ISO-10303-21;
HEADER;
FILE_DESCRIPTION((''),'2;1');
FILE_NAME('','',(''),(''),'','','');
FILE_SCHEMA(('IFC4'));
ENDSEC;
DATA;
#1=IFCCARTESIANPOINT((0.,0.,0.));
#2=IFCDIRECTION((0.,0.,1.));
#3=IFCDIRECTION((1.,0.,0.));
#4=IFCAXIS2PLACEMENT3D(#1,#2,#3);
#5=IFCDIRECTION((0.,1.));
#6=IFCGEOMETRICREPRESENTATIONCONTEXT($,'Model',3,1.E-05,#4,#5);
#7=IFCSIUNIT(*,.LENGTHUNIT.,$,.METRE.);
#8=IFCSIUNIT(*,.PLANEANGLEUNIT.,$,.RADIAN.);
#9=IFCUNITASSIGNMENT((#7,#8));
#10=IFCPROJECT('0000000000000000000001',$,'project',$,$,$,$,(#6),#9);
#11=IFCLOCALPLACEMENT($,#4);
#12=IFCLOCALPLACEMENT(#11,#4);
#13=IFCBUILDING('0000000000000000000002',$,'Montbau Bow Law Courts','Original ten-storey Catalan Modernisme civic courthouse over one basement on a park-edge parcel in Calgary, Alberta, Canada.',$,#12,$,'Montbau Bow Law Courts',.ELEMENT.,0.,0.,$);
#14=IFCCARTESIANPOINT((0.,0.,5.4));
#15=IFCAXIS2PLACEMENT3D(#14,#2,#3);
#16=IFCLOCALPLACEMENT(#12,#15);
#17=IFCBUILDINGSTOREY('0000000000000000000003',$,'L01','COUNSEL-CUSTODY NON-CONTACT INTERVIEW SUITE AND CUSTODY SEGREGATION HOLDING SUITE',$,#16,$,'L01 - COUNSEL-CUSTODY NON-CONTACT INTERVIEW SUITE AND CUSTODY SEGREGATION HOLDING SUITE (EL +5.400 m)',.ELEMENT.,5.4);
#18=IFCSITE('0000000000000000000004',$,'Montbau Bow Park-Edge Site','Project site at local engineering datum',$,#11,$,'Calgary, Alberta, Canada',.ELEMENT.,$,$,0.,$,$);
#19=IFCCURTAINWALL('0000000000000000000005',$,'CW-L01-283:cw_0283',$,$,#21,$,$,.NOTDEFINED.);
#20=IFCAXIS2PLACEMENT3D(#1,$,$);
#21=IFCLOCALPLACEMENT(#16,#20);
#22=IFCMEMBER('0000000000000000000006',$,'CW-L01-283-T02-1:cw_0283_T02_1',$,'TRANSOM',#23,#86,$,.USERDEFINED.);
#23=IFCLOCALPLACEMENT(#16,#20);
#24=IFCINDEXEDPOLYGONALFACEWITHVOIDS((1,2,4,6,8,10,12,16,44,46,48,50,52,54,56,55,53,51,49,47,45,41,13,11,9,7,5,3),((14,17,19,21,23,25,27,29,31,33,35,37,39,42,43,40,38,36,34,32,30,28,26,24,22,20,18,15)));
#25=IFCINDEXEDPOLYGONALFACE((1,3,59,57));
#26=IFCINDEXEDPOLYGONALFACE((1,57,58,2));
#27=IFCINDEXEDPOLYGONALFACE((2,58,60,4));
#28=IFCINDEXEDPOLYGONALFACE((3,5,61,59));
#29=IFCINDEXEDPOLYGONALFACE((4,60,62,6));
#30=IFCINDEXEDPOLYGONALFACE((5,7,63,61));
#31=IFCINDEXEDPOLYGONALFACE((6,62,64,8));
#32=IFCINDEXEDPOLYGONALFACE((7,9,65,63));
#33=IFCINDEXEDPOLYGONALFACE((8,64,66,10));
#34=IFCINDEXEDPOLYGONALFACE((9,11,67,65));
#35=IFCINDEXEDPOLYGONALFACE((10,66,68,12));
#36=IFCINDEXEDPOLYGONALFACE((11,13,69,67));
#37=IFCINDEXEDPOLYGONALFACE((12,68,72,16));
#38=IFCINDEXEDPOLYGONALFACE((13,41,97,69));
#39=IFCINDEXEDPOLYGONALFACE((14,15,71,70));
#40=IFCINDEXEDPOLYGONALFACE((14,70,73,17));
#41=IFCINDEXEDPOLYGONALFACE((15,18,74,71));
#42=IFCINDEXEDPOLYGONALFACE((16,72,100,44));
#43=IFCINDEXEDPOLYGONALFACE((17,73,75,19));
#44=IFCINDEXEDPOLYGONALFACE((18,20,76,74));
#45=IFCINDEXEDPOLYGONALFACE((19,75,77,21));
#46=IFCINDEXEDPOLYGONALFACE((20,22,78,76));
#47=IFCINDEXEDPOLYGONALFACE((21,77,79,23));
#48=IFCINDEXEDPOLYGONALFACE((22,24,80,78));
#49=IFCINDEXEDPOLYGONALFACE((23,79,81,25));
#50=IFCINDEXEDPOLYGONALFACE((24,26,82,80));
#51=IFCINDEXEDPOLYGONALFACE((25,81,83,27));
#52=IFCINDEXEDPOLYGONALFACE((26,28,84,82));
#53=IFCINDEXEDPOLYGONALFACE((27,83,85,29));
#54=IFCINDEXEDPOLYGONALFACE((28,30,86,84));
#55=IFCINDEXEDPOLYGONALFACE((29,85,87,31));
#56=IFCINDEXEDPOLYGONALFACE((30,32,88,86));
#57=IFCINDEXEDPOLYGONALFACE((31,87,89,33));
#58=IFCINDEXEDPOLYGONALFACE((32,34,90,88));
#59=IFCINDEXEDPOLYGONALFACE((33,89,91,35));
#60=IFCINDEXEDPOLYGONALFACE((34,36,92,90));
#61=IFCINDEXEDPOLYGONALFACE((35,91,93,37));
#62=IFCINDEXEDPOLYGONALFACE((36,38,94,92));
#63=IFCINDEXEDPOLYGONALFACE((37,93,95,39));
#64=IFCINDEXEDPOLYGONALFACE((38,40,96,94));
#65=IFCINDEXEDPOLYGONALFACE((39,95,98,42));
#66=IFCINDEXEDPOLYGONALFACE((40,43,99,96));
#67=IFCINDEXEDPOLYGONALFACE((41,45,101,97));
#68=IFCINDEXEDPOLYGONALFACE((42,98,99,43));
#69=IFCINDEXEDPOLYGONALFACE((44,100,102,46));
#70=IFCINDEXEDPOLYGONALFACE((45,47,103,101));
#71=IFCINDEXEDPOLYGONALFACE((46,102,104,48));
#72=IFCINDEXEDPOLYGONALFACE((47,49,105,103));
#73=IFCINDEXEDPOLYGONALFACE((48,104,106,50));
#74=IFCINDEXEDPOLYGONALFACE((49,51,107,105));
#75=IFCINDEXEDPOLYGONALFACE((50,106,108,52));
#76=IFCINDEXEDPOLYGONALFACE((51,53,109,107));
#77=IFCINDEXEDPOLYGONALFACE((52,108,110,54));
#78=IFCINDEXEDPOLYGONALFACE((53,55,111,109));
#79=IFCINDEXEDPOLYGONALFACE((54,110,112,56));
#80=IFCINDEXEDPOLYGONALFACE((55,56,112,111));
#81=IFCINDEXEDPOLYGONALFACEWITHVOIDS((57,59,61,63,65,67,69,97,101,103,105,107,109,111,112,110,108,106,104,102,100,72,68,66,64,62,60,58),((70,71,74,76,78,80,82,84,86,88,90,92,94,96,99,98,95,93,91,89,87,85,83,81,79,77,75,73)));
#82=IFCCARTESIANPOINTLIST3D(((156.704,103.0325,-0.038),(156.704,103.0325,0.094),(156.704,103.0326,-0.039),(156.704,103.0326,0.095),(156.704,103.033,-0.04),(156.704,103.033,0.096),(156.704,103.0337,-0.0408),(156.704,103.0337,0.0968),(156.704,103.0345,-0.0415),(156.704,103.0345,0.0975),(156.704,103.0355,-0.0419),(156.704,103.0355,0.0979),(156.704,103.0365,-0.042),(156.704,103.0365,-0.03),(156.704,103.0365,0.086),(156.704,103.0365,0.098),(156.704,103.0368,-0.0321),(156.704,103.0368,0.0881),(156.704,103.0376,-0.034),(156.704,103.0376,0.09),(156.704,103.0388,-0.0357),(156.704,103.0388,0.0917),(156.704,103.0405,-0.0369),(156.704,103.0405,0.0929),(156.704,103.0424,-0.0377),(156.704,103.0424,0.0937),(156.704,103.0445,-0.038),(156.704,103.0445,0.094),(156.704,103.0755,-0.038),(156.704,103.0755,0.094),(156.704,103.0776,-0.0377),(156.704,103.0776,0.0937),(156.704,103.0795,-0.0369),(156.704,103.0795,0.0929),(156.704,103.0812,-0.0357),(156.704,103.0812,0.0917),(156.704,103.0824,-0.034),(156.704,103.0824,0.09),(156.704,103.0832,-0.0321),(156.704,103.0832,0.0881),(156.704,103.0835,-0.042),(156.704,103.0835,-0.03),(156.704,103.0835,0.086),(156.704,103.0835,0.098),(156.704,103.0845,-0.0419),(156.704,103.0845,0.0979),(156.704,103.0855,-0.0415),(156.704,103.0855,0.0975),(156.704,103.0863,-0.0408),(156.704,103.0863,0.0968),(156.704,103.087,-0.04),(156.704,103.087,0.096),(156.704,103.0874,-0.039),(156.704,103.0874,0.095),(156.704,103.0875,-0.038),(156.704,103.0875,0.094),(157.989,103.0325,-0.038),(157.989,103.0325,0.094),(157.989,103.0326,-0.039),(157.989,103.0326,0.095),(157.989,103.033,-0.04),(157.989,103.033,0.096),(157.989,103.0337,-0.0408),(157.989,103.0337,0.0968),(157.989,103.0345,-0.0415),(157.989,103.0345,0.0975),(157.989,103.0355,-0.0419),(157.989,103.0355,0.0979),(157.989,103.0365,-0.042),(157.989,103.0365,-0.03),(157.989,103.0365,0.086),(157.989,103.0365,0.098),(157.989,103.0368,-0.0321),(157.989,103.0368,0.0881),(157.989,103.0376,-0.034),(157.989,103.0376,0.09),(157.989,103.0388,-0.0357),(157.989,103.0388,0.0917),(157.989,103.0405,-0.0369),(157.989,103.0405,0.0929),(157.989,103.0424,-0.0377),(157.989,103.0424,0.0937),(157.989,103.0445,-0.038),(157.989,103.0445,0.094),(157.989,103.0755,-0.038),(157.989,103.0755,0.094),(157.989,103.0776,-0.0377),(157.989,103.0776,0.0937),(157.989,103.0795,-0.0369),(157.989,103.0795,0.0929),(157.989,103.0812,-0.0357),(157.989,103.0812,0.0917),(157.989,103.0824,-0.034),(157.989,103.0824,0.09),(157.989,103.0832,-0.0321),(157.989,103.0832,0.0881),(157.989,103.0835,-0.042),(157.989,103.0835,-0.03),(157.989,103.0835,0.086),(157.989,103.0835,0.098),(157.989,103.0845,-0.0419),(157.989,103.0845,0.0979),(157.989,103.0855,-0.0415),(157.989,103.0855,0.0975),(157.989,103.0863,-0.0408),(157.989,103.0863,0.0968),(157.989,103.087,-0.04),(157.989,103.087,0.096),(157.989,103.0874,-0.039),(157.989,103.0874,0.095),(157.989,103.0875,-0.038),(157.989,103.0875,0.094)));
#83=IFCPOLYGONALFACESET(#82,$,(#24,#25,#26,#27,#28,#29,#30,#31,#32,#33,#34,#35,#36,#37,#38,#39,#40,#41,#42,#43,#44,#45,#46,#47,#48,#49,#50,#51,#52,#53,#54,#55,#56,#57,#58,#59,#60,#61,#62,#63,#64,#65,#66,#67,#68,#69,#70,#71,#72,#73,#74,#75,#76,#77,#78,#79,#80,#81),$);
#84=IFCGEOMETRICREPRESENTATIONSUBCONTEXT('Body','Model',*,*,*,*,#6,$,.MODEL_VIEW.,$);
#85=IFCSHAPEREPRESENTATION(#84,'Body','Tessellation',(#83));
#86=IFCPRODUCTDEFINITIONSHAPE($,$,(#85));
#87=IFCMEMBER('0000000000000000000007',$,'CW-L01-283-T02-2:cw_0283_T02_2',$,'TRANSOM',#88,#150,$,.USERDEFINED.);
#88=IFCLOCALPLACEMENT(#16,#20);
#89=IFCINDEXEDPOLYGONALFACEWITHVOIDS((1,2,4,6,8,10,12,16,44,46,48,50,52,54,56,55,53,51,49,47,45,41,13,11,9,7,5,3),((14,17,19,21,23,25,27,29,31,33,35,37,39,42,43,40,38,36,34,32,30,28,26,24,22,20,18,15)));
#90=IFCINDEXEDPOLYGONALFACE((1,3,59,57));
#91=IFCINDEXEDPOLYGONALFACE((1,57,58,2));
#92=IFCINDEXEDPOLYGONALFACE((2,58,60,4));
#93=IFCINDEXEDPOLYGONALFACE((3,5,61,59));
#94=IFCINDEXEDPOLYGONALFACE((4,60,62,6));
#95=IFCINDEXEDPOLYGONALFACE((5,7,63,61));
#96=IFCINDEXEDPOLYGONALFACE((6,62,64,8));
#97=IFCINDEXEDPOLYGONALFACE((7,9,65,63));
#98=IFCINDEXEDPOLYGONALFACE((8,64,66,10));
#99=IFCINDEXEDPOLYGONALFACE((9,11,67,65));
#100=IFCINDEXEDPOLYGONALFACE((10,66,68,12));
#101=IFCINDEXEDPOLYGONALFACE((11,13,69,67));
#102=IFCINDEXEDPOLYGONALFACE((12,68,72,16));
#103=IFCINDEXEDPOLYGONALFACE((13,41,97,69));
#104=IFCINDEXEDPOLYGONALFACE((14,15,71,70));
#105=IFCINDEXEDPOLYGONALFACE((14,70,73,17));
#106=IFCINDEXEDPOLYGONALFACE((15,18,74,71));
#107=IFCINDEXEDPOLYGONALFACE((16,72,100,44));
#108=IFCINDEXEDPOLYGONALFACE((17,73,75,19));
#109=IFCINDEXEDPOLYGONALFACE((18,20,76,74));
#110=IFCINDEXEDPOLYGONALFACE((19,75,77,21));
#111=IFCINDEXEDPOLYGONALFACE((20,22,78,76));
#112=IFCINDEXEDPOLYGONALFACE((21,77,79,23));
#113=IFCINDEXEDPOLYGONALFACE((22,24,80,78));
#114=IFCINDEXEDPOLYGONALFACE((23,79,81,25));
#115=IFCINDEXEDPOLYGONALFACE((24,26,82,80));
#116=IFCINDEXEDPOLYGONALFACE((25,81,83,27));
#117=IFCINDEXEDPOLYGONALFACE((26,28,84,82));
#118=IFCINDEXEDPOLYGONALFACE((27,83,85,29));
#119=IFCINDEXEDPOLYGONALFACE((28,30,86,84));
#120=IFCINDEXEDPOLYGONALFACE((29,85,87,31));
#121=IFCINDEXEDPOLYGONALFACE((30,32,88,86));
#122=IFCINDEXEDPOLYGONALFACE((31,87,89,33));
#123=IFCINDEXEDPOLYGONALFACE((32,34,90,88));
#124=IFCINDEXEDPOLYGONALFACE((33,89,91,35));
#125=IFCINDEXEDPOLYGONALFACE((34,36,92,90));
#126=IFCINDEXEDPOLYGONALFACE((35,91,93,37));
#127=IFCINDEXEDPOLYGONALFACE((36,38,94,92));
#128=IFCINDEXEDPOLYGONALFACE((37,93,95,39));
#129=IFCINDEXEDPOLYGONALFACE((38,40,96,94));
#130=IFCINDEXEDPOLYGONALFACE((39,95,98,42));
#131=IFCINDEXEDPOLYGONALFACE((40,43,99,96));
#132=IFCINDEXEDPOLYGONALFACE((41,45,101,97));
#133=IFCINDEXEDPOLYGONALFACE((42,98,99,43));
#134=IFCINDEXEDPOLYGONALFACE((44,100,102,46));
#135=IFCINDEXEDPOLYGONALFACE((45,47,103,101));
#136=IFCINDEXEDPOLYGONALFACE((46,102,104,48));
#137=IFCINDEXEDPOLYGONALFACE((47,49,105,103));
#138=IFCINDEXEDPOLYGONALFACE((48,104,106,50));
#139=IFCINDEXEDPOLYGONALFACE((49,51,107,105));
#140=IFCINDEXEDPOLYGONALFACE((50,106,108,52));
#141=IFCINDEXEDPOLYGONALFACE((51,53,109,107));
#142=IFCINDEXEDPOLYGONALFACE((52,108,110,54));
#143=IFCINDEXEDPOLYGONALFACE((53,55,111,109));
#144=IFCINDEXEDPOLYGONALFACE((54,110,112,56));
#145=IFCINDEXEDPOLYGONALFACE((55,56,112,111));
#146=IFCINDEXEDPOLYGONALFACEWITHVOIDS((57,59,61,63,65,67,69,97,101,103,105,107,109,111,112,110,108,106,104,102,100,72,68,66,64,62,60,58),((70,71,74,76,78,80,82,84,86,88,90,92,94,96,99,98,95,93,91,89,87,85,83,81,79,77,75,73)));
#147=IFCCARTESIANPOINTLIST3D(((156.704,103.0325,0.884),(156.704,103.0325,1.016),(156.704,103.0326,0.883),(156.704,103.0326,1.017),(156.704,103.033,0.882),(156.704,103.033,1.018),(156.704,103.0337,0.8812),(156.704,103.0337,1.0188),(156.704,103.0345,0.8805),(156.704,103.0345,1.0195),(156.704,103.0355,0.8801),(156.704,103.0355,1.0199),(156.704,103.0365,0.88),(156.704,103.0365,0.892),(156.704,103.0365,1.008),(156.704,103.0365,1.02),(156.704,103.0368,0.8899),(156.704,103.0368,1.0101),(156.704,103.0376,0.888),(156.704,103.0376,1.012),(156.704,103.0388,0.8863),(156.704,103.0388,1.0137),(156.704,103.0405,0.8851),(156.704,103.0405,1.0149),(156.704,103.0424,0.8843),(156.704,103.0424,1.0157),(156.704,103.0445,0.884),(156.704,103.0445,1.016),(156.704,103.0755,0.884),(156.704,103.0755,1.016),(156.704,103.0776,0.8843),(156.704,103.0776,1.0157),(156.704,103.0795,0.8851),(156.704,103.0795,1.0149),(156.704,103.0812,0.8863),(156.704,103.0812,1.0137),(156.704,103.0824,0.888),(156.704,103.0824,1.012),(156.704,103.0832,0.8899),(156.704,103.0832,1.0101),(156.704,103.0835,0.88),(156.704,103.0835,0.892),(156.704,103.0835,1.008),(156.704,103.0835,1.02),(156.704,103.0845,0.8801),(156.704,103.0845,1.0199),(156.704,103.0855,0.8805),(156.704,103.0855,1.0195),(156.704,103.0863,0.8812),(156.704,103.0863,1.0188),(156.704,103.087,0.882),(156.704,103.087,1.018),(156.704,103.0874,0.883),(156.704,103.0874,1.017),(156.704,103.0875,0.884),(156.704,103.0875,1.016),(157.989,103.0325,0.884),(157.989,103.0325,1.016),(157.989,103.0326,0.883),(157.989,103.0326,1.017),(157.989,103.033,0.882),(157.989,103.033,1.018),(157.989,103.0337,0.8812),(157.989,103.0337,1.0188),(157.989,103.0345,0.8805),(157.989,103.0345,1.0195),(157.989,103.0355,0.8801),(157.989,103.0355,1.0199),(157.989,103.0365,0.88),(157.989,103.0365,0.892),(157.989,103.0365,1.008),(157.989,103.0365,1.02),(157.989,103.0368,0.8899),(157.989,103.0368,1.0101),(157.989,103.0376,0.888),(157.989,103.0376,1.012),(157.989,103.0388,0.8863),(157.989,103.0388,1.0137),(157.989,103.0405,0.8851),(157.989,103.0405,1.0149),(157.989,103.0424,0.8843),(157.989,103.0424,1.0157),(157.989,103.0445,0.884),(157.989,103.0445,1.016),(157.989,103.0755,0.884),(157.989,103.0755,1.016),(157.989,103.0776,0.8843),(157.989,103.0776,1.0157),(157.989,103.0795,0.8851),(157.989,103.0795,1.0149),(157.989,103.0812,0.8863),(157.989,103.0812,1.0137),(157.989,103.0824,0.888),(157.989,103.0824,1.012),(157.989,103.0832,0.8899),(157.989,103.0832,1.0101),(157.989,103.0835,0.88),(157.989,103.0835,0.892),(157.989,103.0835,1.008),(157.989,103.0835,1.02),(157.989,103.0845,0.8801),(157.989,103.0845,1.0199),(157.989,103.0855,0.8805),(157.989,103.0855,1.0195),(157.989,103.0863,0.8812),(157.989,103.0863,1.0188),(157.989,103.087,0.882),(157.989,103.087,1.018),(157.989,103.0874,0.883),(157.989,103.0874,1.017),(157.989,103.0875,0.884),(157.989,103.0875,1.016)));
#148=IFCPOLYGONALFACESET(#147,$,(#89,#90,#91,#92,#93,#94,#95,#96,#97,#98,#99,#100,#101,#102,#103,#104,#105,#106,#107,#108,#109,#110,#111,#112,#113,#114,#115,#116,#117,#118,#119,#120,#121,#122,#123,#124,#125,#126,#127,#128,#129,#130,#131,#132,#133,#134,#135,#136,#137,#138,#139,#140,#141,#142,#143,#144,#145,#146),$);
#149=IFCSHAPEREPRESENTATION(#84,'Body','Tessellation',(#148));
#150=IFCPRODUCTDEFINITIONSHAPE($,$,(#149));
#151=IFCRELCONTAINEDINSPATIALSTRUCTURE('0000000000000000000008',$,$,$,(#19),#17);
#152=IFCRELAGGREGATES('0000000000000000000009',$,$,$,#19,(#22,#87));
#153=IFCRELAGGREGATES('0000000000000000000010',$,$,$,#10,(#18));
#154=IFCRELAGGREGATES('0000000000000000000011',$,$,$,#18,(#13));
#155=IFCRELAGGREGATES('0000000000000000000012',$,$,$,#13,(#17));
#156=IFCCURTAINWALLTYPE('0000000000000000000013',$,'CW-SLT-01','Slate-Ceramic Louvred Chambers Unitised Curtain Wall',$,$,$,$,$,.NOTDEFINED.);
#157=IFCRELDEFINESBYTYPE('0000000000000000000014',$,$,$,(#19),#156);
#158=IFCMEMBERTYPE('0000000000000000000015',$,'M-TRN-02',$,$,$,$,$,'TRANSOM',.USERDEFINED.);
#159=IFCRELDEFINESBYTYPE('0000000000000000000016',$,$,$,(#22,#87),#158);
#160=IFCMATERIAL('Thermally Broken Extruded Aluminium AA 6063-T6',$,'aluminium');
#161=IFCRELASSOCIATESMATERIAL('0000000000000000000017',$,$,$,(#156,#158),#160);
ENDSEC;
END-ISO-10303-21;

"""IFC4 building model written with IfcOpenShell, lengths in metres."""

from ifc_helpers import new_model, si_unit, direction, frame, origin_with_axes, origin_2d_with_axis, place, context, subcontext, project, spatial, hollow_rectangle, extrude, material, material_profile, profile_set, type_object, element, aggregate, save


model = new_model("IFC4")

# Units and contexts
model_context = context("Model", 3, precision=1e-05, world=origin_with_axes(), true_north=direction((0.0, 1.0)))
body_context = subcontext(model_context, "Body", "Model", "MODEL_VIEW")
ifc_project = project(units=[si_unit("LENGTHUNIT", "METRE"), si_unit("PLANEANGLEUNIT", "RADIAN")], contexts=[model_context])

# Site, building, storey
site_placement = place(None, origin_with_axes())
site = spatial("IfcSite", under=ifc_project, at=site_placement, Name="Montbau Bow Park-Edge Site", Description="Project site at local engineering datum", LongName="Calgary, Alberta, Canada", CompositionType="ELEMENT", RefElevation=0.0)
building_placement = place(site_placement, origin_with_axes())
building = spatial("IfcBuilding", under=site, at=building_placement, Name="Montbau Bow Law Courts", Description="Original ten-storey Catalan Modernisme civic courthouse over one basement on a park-edge parcel in Calgary, Alberta, Canada.", LongName="Montbau Bow Law Courts", CompositionType="ELEMENT", ElevationOfRefHeight=0.0, ElevationOfTerrain=0.0)
storey_placement = place(building_placement, frame((0.0, 0.0, 5.4), z_axis=(0.0, 0.0, 1.0), x_axis=(1.0, 0.0, 0.0)))
storey = spatial("IfcBuildingStorey", under=building, at=storey_placement, Name="L01", Description="COUNSEL-CUSTODY NON-CONTACT INTERVIEW SUITE AND CUSTODY SEGREGATION HOLDING SUITE", LongName="L01 - COUNSEL-CUSTODY NON-CONTACT INTERVIEW SUITE AND CUSTODY SEGREGATION HOLDING SUITE (EL +5.400 m)", CompositionType="ELEMENT", Elevation=5.4)

# Curtain wall, members
ifc_material_1 = material(Name="Thermally Broken Extruded Aluminium AA 6063-T6", Category="aluminium")
curtain_wall_type = type_object("IfcCurtainWallType", Name="CW-SLT-01", Description="Slate-Ceramic Louvred Chambers Unitised Curtain Wall", PredefinedType="NOTDEFINED", material=ifc_material_1)
curtain_wall_placement = place(None, frame((155.315, 103.06, 5.4), z_axis=(0.0, 0.0, 1.0), x_axis=(1.0, 0.0, 0.0)))
curtain_wall = element("IfcCurtainWall", 1, at=curtain_wall_placement, inside=storey, type_object=curtain_wall_type, Name="CW-L01-283:cw_0283", PredefinedType="NOTDEFINED")
ifc_material_profile_1 = material_profile(ifc_material_1, hollow_rectangle(XDim=0.055, YDim=0.14, WallThickness=0.004, InnerFilletRadius=0.008, OuterFilletRadius=0.004, at=origin_2d_with_axis()), Name="CWT-140X55", Category="Main", Priority=0)
ifc_profile_set_1 = profile_set([ifc_material_profile_1], Name="Thermally Broken Extruded Aluminium AA 6063-T6")
member_type_1 = type_object("IfcMemberType", Name="M-TRN-02", ElementType="TRANSOM", PredefinedType="USERDEFINED", material=ifc_profile_set_1)
member_1_placement = place(None, frame((156.704, 103.06, 5.428), z_axis=(1.0, 0.0, 0.0), x_axis=(0.0, 1.0, 0.0)))
member_1 = element("IfcMember", 2, at=member_1_placement, type_object=member_type_1, Name="CW-L01-283-T02-1:cw_0283_T02_1", ObjectType="TRANSOM", PredefinedType="USERDEFINED", context=body_context, shape_type="SweptSolid", body=[
    extrude(hollow_rectangle(XDim=0.055, YDim=0.14, WallThickness=0.004, InnerFilletRadius=0.008, OuterFilletRadius=0.004, at=origin_2d_with_axis()), origin_with_axes(), (0.0, 0.0, 1.0), 1.285),
])
member_2_placement = place(None, frame((156.704, 103.06, 6.35), z_axis=(1.0, 0.0, 0.0), x_axis=(0.0, 1.0, 0.0)))
member_2 = element("IfcMember", 3, at=member_2_placement, type_object=member_type_1, Name="CW-L01-283-T02-2:cw_0283_T02_2", ObjectType="TRANSOM", PredefinedType="USERDEFINED", context=body_context, shape_type="SweptSolid", body=[
    extrude(hollow_rectangle(XDim=0.055, YDim=0.14, WallThickness=0.004, InnerFilletRadius=0.008, OuterFilletRadius=0.004, at=origin_2d_with_axis()), origin_with_axes(), (0.0, 0.0, 1.0), 1.285),
])
aggregate(curtain_wall, [member_1, member_2])

save(model, "model.ifc")
